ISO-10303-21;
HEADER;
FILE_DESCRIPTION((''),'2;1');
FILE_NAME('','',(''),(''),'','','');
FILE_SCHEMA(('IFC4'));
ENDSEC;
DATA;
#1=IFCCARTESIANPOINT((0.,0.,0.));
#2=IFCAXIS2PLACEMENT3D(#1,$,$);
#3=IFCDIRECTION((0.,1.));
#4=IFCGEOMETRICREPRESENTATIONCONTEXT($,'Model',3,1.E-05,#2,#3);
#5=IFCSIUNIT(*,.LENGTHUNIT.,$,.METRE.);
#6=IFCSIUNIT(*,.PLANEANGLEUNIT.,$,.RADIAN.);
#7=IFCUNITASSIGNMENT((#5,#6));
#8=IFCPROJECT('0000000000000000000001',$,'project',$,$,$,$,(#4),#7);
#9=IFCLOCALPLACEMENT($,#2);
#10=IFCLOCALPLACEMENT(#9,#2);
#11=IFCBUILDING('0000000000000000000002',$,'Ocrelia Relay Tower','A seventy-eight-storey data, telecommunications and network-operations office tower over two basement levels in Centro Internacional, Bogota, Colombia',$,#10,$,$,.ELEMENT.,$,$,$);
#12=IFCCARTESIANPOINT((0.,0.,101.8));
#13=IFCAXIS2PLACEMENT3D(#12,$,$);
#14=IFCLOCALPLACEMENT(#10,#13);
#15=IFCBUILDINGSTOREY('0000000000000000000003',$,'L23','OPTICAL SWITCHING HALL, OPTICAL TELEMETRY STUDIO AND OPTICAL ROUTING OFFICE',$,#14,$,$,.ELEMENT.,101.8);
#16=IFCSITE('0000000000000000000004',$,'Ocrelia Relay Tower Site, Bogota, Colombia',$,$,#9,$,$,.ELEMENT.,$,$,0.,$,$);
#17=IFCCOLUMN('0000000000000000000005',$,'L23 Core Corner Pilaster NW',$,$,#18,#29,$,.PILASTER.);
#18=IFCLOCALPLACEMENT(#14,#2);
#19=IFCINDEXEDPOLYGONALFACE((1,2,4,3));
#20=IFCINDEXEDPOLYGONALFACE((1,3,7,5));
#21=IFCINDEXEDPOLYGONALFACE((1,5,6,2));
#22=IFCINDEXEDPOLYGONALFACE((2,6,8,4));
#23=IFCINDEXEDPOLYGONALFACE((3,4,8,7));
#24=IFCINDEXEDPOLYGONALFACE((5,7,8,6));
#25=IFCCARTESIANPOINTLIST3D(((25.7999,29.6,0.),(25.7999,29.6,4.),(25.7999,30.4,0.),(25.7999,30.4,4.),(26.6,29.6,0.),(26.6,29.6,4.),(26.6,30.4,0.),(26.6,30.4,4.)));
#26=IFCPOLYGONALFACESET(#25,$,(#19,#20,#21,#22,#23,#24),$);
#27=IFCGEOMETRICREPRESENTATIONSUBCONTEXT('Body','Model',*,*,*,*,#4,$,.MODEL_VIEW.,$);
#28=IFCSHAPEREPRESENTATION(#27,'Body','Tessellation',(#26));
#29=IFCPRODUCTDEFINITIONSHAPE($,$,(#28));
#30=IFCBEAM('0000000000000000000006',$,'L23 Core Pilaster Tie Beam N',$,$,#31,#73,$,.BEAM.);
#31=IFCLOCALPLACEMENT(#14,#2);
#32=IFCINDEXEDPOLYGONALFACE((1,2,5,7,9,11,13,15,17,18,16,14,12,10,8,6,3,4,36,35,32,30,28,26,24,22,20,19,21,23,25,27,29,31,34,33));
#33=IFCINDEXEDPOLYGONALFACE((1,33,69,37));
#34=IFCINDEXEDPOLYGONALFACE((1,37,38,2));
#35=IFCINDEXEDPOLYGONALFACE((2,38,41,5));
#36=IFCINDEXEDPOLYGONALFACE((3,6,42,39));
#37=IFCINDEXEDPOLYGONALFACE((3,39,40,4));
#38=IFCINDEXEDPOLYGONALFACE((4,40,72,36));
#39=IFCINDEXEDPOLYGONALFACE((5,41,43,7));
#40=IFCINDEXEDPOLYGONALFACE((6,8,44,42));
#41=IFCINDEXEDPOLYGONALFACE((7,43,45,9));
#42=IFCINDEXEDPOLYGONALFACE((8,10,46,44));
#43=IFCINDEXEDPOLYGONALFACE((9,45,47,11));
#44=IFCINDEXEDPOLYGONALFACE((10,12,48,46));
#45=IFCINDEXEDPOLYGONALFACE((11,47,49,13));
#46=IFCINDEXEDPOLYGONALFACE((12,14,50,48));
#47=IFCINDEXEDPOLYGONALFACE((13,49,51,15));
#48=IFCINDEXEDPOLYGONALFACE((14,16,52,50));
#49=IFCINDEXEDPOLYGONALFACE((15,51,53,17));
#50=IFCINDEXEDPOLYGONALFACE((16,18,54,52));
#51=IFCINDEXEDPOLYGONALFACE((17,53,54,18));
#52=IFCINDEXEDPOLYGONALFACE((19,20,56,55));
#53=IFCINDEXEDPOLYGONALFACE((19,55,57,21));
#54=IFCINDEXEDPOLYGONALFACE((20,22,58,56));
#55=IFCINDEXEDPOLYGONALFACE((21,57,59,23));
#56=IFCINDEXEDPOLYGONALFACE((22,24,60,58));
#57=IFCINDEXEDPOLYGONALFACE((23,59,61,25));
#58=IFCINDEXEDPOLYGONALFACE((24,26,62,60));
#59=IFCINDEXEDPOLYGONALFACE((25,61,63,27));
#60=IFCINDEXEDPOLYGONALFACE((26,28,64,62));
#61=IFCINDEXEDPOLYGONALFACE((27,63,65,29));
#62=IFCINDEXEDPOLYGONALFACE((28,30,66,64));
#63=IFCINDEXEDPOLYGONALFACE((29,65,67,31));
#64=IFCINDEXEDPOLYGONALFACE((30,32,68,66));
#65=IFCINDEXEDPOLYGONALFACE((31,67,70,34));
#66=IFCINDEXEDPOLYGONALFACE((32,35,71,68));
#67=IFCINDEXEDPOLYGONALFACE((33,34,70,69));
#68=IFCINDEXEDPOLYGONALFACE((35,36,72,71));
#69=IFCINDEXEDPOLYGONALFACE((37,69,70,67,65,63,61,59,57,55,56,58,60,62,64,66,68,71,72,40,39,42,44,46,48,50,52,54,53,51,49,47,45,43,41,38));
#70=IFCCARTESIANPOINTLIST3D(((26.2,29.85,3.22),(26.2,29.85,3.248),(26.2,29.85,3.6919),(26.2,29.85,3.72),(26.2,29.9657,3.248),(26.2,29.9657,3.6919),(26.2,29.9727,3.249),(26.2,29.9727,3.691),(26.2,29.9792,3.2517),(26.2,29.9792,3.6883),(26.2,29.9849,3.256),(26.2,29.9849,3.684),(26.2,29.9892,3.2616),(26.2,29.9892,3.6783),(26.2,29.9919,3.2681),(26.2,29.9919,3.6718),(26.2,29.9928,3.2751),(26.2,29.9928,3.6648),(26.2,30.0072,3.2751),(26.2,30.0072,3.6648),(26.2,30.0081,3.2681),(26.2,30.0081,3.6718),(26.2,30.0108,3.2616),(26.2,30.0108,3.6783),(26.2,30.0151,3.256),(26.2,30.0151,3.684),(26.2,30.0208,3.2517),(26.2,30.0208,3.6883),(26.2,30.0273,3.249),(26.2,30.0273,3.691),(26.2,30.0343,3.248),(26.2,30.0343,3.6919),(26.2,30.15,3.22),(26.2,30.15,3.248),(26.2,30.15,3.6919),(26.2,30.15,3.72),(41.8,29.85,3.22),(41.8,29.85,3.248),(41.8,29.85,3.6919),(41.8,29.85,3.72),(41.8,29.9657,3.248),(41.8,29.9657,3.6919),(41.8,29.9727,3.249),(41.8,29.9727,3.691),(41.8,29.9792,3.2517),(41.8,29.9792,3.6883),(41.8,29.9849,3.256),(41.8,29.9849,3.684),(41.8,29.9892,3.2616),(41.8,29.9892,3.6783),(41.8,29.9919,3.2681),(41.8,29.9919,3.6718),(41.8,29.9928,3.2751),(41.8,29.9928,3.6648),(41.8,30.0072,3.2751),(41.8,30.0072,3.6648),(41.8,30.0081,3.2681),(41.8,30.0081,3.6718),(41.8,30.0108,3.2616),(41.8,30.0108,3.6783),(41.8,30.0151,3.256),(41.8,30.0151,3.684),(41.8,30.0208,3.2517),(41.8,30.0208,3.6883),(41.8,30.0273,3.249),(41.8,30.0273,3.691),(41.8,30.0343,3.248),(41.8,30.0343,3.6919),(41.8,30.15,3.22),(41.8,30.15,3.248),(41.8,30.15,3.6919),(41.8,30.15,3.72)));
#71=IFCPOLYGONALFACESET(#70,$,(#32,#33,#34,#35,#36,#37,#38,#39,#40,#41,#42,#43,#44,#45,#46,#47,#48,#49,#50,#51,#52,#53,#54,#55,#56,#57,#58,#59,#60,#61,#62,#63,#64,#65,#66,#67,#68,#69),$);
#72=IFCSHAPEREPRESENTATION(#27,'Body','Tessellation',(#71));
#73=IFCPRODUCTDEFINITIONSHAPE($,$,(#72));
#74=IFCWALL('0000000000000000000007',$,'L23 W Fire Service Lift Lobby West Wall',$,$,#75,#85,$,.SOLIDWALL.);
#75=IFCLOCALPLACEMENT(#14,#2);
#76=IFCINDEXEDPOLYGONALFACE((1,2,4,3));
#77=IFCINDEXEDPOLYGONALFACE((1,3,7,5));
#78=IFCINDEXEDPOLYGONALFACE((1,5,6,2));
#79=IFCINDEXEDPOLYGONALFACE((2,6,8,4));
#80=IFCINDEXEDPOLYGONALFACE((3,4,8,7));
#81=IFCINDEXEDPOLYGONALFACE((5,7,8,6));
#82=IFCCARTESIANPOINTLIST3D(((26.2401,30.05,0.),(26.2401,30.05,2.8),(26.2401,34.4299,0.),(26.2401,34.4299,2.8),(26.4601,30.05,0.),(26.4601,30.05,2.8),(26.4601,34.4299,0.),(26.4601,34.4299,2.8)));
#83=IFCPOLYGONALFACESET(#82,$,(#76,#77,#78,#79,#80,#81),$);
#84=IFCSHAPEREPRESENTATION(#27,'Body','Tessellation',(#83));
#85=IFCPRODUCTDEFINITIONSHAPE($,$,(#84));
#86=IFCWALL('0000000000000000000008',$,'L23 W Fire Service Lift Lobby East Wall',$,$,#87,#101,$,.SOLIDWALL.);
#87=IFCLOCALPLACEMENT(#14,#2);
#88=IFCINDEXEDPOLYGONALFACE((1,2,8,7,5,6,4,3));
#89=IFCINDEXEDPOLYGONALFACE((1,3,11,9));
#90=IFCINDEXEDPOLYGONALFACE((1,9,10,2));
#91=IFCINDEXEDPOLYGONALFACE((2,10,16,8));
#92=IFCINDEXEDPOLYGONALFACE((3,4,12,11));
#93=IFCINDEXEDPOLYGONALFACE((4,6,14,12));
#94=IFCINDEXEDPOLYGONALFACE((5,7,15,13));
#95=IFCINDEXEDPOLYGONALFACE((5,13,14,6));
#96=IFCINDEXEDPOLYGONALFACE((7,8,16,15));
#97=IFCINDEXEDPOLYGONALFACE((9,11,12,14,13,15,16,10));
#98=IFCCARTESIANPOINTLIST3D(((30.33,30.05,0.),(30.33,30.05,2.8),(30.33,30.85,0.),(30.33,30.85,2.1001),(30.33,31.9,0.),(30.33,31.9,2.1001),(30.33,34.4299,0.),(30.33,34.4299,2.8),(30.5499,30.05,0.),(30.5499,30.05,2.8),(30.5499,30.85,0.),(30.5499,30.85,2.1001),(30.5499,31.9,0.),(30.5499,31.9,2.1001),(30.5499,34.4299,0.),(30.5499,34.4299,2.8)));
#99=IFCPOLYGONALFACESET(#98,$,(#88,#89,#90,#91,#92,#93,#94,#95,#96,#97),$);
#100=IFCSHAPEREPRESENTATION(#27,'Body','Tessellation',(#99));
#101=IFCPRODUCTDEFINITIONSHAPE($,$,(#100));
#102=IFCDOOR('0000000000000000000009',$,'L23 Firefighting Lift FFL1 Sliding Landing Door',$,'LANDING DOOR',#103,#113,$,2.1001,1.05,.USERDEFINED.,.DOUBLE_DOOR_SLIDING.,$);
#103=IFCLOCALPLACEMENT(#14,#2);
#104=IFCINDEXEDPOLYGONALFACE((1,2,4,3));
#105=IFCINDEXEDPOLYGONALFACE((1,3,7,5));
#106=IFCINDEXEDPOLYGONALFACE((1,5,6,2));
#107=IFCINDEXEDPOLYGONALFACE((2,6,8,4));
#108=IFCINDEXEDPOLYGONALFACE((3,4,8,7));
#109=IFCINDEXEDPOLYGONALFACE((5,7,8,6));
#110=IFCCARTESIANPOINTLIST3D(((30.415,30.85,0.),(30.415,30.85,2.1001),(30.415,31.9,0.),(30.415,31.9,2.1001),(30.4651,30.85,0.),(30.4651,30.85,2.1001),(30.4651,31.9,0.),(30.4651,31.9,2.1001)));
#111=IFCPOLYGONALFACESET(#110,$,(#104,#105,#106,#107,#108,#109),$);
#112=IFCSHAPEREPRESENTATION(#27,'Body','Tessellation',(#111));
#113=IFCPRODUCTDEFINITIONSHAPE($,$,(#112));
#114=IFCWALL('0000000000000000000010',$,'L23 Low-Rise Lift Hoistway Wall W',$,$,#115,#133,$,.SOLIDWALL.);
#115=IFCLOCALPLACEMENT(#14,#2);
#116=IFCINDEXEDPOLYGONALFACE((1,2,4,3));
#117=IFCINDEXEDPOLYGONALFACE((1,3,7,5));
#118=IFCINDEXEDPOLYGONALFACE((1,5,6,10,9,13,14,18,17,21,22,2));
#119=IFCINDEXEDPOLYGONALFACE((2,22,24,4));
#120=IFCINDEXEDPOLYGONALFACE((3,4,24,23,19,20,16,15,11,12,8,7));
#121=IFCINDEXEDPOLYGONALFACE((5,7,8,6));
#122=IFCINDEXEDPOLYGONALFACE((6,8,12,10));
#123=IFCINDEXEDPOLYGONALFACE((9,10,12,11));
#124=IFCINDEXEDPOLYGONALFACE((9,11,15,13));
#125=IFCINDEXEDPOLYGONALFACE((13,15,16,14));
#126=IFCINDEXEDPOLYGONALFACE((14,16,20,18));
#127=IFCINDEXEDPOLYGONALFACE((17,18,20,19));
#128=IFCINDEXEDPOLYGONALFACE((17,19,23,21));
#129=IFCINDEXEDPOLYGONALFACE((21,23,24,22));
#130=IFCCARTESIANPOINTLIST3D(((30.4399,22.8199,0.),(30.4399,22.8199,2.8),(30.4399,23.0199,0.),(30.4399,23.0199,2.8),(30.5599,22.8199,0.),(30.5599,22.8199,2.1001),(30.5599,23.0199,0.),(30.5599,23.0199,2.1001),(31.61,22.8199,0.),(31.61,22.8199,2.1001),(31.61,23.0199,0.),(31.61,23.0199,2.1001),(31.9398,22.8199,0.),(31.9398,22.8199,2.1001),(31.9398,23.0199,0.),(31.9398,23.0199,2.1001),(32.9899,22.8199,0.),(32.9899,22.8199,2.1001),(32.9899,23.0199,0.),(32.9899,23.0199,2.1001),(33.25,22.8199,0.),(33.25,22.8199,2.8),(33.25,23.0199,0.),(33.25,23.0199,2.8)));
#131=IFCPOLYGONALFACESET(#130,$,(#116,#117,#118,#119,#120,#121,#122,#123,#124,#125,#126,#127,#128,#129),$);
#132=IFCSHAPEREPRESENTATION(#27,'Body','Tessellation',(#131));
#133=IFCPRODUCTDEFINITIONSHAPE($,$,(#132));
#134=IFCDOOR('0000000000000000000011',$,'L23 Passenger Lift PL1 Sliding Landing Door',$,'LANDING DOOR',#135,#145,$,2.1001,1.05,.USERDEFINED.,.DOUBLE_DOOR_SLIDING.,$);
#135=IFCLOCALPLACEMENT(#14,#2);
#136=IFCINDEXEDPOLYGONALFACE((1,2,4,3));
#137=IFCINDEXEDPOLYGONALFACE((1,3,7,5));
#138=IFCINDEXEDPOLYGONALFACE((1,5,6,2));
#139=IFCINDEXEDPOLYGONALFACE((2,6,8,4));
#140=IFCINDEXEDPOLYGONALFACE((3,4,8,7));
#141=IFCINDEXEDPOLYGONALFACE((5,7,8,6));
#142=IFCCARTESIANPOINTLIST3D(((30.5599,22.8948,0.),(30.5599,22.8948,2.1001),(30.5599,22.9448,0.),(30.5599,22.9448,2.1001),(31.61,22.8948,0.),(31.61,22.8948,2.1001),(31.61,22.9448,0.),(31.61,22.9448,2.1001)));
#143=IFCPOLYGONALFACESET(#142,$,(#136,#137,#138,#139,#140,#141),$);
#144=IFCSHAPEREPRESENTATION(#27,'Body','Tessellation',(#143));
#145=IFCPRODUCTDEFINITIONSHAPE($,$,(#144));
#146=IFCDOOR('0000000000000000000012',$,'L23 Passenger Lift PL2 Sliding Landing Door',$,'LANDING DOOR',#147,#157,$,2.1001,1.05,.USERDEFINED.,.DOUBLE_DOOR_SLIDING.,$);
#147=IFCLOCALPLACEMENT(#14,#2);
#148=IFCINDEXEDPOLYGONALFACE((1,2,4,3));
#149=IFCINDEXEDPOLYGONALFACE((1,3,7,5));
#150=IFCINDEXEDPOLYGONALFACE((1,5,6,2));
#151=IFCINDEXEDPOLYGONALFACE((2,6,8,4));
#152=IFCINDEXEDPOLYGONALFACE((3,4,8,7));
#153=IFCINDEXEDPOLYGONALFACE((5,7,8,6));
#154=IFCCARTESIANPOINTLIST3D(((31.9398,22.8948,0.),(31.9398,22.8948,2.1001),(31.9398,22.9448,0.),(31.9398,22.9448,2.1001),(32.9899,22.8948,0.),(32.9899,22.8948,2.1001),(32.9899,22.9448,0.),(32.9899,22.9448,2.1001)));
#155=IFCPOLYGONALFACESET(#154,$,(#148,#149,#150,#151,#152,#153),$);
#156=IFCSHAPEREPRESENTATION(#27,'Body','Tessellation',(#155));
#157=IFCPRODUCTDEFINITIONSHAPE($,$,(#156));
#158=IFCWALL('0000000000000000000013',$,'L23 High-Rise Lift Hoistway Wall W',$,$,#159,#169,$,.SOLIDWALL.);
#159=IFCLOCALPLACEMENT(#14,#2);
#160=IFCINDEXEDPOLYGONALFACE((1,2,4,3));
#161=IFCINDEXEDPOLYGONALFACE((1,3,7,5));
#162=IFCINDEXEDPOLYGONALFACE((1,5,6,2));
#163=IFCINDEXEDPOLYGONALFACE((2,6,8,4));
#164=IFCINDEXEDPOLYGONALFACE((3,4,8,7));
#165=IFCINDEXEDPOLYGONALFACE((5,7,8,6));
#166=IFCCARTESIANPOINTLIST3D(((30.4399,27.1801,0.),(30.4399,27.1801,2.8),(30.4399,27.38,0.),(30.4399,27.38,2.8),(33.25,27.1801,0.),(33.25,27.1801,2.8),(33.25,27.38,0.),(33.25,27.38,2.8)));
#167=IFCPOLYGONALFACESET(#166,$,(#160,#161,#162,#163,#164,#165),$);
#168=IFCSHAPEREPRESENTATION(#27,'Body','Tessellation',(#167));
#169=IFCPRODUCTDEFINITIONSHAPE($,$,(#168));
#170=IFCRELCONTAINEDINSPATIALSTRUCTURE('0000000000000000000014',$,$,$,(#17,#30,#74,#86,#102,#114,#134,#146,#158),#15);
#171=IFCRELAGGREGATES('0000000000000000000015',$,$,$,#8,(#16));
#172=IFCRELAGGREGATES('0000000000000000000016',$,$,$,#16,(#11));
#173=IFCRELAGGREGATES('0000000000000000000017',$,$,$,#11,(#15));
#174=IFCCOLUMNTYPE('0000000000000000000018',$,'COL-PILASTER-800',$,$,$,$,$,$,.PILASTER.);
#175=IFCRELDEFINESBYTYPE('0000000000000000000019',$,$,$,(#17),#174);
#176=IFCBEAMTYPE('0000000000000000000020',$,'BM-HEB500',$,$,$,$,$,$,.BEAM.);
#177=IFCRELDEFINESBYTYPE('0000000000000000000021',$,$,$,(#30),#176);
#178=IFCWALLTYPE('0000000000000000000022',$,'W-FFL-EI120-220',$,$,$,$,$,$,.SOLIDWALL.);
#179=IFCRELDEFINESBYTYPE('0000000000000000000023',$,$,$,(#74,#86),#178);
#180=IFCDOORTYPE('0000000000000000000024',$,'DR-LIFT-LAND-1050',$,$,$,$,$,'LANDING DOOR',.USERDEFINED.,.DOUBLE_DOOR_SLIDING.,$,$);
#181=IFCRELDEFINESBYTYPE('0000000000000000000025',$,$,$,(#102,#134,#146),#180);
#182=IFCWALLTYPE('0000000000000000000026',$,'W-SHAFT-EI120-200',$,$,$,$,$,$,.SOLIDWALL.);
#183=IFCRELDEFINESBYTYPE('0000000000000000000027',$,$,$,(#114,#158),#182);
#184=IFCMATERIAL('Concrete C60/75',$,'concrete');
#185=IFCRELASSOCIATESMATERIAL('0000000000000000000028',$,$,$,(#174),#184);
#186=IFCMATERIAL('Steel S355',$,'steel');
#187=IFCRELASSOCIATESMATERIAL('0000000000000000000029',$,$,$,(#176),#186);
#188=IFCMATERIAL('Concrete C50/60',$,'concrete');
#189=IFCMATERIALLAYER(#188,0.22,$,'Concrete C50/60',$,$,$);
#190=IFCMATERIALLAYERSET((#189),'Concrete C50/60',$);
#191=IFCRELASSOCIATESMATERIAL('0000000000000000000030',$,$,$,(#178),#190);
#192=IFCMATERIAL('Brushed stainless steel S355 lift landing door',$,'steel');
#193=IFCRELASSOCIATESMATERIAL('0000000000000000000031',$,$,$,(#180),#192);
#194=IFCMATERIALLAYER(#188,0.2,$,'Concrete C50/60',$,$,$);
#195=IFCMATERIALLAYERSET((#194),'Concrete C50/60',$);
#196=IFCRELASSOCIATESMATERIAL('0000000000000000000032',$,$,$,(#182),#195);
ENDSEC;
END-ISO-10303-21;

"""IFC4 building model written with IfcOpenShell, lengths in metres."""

from ifc_helpers import new_model, si_unit, direction, frame, frame_2d, origin, origin_2d, place, context, subcontext, project, spatial, rectangle, i_section, extrude, material, layer, layer_set, material_profile, profile_set, type_object, element, fill, save


model = new_model("IFC4")

# Units and contexts
model_context = context("Model", 3, precision=1e-05, world=origin(), true_north=direction((0.0, 1.0)))
body_context = subcontext(model_context, "Body", "Model", "MODEL_VIEW")
ifc_project = project(units=[si_unit("LENGTHUNIT", "METRE"), si_unit("PLANEANGLEUNIT", "RADIAN")], contexts=[model_context])

# Site, building, storey
site_placement = place(None, origin())
site = spatial("IfcSite", under=ifc_project, at=site_placement, Name="Ocrelia Relay Tower Site, Bogota, Colombia", CompositionType="ELEMENT", RefElevation=0.0)
building_placement = place(site_placement, origin())
building = spatial("IfcBuilding", under=site, at=building_placement, Name="Ocrelia Relay Tower", Description="A seventy-eight-storey data, telecommunications and network-operations office tower over two basement levels in Centro Internacional, Bogota, Colombia", CompositionType="ELEMENT")
storey_placement = place(building_placement, frame((0.0, 0.0, 101.8)))
storey = spatial("IfcBuildingStorey", under=building, at=storey_placement, Name="L23", Description="OPTICAL SWITCHING HALL, OPTICAL TELEMETRY STUDIO AND OPTICAL ROUTING OFFICE", CompositionType="ELEMENT", Elevation=101.8)

# Column
ifc_material_1 = material(Name="Concrete C60/75", Category="concrete")
ifc_material_profile_1 = material_profile(ifc_material_1, rectangle(XDim=0.8, YDim=0.8, at=origin_2d()), Name="RC-COL-800x800")
ifc_profile_set_1 = profile_set([ifc_material_profile_1], Name="Concrete C60/75")
column_type = type_object("IfcColumnType", Name="COL-PILASTER-800", PredefinedType="PILASTER", material=ifc_profile_set_1)
column_placement = place(storey_placement, frame((26.2, 30.0, 0.0), z_axis=(0.0, 0.0, 1.0), x_axis=(1.0, 0.0, 0.0)))
element("IfcColumn", 1, at=column_placement, inside=storey, type_object=column_type, Name="L23 Core Corner Pilaster NW", PredefinedType="PILASTER", context=body_context, shape_type="SweptSolid", body=[
    extrude(rectangle(XDim=0.8, YDim=0.8, at=origin_2d()), origin(), (0.0, 0.0, 1.0), 4.0),
])

# Beam
ifc_material_2 = material(Name="Steel S355", Category="steel")
ifc_material_profile_2 = material_profile(ifc_material_2, i_section(OverallWidth=0.3, OverallDepth=0.5, WebThickness=0.0144, FlangeThickness=0.0281, FilletRadius=0.0271, at=origin_2d()), Name="HEB 500")
ifc_profile_set_2 = profile_set([ifc_material_profile_2], Name="Steel S355")
beam_type = type_object("IfcBeamType", Name="BM-HEB500", PredefinedType="BEAM", material=ifc_profile_set_2)
beam_placement = place(storey_placement, frame((26.2, 30.0, 3.47), z_axis=(1.0, 0.0, 0.0), x_axis=(0.0, 1.0, 0.0)))
element("IfcBeam", 2, at=beam_placement, inside=storey, type_object=beam_type, Name="L23 Core Pilaster Tie Beam N", PredefinedType="BEAM", context=body_context, shape_type="SweptSolid", body=[
    extrude(i_section(OverallWidth=0.3, OverallDepth=0.5, WebThickness=0.0144, FlangeThickness=0.0281, FilletRadius=0.0271, at=origin_2d()), origin(), (0.0, 0.0, 1.0), 15.6001),
])

# Wall
ifc_material_3 = material(Name="Concrete C50/60", Category="concrete")
ifc_layer_1 = layer(ifc_material_3, 0.22, Name="Concrete C50/60")
ifc_layer_set_1 = layer_set([ifc_layer_1], Name="Concrete C50/60")
wall_type_1 = type_object("IfcWallType", Name="W-FFL-EI120-220", PredefinedType="SOLIDWALL", material=ifc_layer_set_1)
wall_1_placement = place(storey_placement, frame((26.3501, 30.05, 0.0), z_axis=(0.0, 0.0, 1.0), x_axis=(0.0, 1.0, 0.0)))
element("IfcWall", 3, at=wall_1_placement, inside=storey, type_object=wall_type_1, Name="L23 W Fire Service Lift Lobby West Wall", PredefinedType="SOLIDWALL", context=body_context, shape_type="SweptSolid", body=[
    extrude(rectangle(XDim=4.3799, YDim=0.22, at=frame_2d((2.1899, 0.0))), origin(), (0.0, 0.0, 1.0), 2.8),
])

# Wall, opening, door
wall_2_placement = place(storey_placement, frame((30.4399, 30.05, 0.0), z_axis=(0.0, 0.0, 1.0), x_axis=(0.0, 1.0, 0.0)))
wall_2 = element("IfcWall", 4, at=wall_2_placement, inside=storey, type_object=wall_type_1, Name="L23 W Fire Service Lift Lobby East Wall", PredefinedType="SOLIDWALL", context=body_context, shape_type="SweptSolid", body=[
    extrude(rectangle(XDim=4.3799, YDim=0.22, at=frame_2d((2.1899, 0.0))), origin(), (0.0, 0.0, 1.0), 2.8),
])
opening_1_placement = place(wall_2_placement, frame((0.8, 0.0, 0.0)))
opening_1 = element("IfcOpeningElement", 5, at=opening_1_placement, cuts=wall_2, PredefinedType="OPENING", context=body_context, shape_type="SweptSolid", body=[
    extrude(rectangle(XDim=1.05, YDim=2.1001, at=frame_2d((0.5249, 1.05))), frame((0.0, 0.1201, 0.0), z_axis=(0.0, -1.0, 0.0), x_axis=(1.0, 0.0, 0.0)), (0.0, 0.0, 1.0), 0.24),
])
ifc_material_4 = material(Name="Brushed stainless steel S355 lift landing door", Category="steel")
door_type_1 = type_object("IfcDoorType", Name="DR-LIFT-LAND-1050", ElementType="LANDING DOOR", OperationType="DOUBLE_DOOR_SLIDING", PredefinedType="USERDEFINED", material=ifc_material_4)
door_1_placement = place(opening_1_placement, origin())
door_1 = element("IfcDoor", 6, at=door_1_placement, inside=storey, type_object=door_type_1, Name="L23 Firefighting Lift FFL1 Sliding Landing Door", ObjectType="LANDING DOOR", OperationType="DOUBLE_DOOR_SLIDING", OverallHeight=2.1001, OverallWidth=1.05, PredefinedType="USERDEFINED", context=body_context, shape_type="SweptSolid", body=[
    extrude(rectangle(XDim=1.05, YDim=2.1001, at=frame_2d((0.5249, 1.05))), frame((0.0, 0.0249, 0.0), z_axis=(0.0, -1.0, 0.0), x_axis=(1.0, 0.0, 0.0)), (0.0, 0.0, 1.0), 0.05),
])
fill(opening_1, door_1)

# Wall, openings, doors
ifc_layer_2 = layer(ifc_material_3, 0.2, Name="Concrete C50/60")
ifc_layer_set_2 = layer_set([ifc_layer_2], Name="Concrete C50/60")
wall_type_2 = type_object("IfcWallType", Name="W-SHAFT-EI120-200", PredefinedType="SOLIDWALL", material=ifc_layer_set_2)
wall_3_placement = place(storey_placement, frame((30.4399, 22.9199, 0.0), z_axis=(0.0, 0.0, 1.0), x_axis=(1.0, 0.0, 0.0)))
wall_3 = element("IfcWall", 7, at=wall_3_placement, inside=storey, type_object=wall_type_2, Name="L23 Low-Rise Lift Hoistway Wall W", PredefinedType="SOLIDWALL", context=body_context, shape_type="SweptSolid", body=[
    extrude(rectangle(XDim=2.8101, YDim=0.2, at=frame_2d((1.405, 0.0))), origin(), (0.0, 0.0, 1.0), 2.8),
])
opening_2_placement = place(wall_3_placement, frame((0.1201, 0.0, 0.0)))
opening_2 = element("IfcOpeningElement", 8, at=opening_2_placement, cuts=wall_3, PredefinedType="OPENING", context=body_context, shape_type="SweptSolid", body=[
    extrude(rectangle(XDim=1.05, YDim=2.1001, at=frame_2d((0.5249, 1.05))), frame((0.0, 0.1099, 0.0), z_axis=(0.0, -1.0, 0.0), x_axis=(1.0, 0.0, 0.0)), (0.0, 0.0, 1.0), 0.22),
])
opening_3_placement = place(wall_3_placement, frame((1.5, 0.0, 0.0)))
opening_3 = element("IfcOpeningElement", 9, at=opening_3_placement, cuts=wall_3, PredefinedType="OPENING", context=body_context, shape_type="SweptSolid", body=[
    extrude(rectangle(XDim=1.05, YDim=2.1001, at=frame_2d((0.5249, 1.05))), frame((0.0, 0.1099, 0.0), z_axis=(0.0, -1.0, 0.0), x_axis=(1.0, 0.0, 0.0)), (0.0, 0.0, 1.0), 0.22),
])
door_2_placement = place(opening_2_placement, origin())
door_2 = element("IfcDoor", 10, at=door_2_placement, inside=storey, type_object=door_type_1, Name="L23 Passenger Lift PL1 Sliding Landing Door", ObjectType="LANDING DOOR", OperationType="DOUBLE_DOOR_SLIDING", OverallHeight=2.1001, OverallWidth=1.05, PredefinedType="USERDEFINED", context=body_context, shape_type="SweptSolid", body=[
    extrude(rectangle(XDim=1.05, YDim=2.1001, at=frame_2d((0.5249, 1.05))), frame((0.0, 0.0249, 0.0), z_axis=(0.0, -1.0, 0.0), x_axis=(1.0, 0.0, 0.0)), (0.0, 0.0, 1.0), 0.05),
])
fill(opening_2, door_2)
door_3_placement = place(opening_3_placement, origin())
door_3 = element("IfcDoor", 11, at=door_3_placement, inside=storey, type_object=door_type_1, Name="L23 Passenger Lift PL2 Sliding Landing Door", ObjectType="LANDING DOOR", OperationType="DOUBLE_DOOR_SLIDING", OverallHeight=2.1001, OverallWidth=1.05, PredefinedType="USERDEFINED", context=body_context, shape_type="SweptSolid", body=[
    extrude(rectangle(XDim=1.05, YDim=2.1001, at=frame_2d((0.5249, 1.05))), frame((0.0, 0.0249, 0.0), z_axis=(0.0, -1.0, 0.0), x_axis=(1.0, 0.0, 0.0)), (0.0, 0.0, 1.0), 0.05),
])
fill(opening_3, door_3)

# Wall
wall_4_placement = place(storey_placement, frame((30.4399, 27.28, 0.0), z_axis=(0.0, 0.0, 1.0), x_axis=(1.0, 0.0, 0.0)))
element("IfcWall", 12, at=wall_4_placement, inside=storey, type_object=wall_type_2, Name="L23 High-Rise Lift Hoistway Wall W", PredefinedType="SOLIDWALL", context=body_context, shape_type="SweptSolid", body=[
    extrude(rectangle(XDim=2.8101, YDim=0.2, at=frame_2d((1.405, 0.0))), origin(), (0.0, 0.0, 1.0), 2.8),
])

save(model, "model.ifc")
